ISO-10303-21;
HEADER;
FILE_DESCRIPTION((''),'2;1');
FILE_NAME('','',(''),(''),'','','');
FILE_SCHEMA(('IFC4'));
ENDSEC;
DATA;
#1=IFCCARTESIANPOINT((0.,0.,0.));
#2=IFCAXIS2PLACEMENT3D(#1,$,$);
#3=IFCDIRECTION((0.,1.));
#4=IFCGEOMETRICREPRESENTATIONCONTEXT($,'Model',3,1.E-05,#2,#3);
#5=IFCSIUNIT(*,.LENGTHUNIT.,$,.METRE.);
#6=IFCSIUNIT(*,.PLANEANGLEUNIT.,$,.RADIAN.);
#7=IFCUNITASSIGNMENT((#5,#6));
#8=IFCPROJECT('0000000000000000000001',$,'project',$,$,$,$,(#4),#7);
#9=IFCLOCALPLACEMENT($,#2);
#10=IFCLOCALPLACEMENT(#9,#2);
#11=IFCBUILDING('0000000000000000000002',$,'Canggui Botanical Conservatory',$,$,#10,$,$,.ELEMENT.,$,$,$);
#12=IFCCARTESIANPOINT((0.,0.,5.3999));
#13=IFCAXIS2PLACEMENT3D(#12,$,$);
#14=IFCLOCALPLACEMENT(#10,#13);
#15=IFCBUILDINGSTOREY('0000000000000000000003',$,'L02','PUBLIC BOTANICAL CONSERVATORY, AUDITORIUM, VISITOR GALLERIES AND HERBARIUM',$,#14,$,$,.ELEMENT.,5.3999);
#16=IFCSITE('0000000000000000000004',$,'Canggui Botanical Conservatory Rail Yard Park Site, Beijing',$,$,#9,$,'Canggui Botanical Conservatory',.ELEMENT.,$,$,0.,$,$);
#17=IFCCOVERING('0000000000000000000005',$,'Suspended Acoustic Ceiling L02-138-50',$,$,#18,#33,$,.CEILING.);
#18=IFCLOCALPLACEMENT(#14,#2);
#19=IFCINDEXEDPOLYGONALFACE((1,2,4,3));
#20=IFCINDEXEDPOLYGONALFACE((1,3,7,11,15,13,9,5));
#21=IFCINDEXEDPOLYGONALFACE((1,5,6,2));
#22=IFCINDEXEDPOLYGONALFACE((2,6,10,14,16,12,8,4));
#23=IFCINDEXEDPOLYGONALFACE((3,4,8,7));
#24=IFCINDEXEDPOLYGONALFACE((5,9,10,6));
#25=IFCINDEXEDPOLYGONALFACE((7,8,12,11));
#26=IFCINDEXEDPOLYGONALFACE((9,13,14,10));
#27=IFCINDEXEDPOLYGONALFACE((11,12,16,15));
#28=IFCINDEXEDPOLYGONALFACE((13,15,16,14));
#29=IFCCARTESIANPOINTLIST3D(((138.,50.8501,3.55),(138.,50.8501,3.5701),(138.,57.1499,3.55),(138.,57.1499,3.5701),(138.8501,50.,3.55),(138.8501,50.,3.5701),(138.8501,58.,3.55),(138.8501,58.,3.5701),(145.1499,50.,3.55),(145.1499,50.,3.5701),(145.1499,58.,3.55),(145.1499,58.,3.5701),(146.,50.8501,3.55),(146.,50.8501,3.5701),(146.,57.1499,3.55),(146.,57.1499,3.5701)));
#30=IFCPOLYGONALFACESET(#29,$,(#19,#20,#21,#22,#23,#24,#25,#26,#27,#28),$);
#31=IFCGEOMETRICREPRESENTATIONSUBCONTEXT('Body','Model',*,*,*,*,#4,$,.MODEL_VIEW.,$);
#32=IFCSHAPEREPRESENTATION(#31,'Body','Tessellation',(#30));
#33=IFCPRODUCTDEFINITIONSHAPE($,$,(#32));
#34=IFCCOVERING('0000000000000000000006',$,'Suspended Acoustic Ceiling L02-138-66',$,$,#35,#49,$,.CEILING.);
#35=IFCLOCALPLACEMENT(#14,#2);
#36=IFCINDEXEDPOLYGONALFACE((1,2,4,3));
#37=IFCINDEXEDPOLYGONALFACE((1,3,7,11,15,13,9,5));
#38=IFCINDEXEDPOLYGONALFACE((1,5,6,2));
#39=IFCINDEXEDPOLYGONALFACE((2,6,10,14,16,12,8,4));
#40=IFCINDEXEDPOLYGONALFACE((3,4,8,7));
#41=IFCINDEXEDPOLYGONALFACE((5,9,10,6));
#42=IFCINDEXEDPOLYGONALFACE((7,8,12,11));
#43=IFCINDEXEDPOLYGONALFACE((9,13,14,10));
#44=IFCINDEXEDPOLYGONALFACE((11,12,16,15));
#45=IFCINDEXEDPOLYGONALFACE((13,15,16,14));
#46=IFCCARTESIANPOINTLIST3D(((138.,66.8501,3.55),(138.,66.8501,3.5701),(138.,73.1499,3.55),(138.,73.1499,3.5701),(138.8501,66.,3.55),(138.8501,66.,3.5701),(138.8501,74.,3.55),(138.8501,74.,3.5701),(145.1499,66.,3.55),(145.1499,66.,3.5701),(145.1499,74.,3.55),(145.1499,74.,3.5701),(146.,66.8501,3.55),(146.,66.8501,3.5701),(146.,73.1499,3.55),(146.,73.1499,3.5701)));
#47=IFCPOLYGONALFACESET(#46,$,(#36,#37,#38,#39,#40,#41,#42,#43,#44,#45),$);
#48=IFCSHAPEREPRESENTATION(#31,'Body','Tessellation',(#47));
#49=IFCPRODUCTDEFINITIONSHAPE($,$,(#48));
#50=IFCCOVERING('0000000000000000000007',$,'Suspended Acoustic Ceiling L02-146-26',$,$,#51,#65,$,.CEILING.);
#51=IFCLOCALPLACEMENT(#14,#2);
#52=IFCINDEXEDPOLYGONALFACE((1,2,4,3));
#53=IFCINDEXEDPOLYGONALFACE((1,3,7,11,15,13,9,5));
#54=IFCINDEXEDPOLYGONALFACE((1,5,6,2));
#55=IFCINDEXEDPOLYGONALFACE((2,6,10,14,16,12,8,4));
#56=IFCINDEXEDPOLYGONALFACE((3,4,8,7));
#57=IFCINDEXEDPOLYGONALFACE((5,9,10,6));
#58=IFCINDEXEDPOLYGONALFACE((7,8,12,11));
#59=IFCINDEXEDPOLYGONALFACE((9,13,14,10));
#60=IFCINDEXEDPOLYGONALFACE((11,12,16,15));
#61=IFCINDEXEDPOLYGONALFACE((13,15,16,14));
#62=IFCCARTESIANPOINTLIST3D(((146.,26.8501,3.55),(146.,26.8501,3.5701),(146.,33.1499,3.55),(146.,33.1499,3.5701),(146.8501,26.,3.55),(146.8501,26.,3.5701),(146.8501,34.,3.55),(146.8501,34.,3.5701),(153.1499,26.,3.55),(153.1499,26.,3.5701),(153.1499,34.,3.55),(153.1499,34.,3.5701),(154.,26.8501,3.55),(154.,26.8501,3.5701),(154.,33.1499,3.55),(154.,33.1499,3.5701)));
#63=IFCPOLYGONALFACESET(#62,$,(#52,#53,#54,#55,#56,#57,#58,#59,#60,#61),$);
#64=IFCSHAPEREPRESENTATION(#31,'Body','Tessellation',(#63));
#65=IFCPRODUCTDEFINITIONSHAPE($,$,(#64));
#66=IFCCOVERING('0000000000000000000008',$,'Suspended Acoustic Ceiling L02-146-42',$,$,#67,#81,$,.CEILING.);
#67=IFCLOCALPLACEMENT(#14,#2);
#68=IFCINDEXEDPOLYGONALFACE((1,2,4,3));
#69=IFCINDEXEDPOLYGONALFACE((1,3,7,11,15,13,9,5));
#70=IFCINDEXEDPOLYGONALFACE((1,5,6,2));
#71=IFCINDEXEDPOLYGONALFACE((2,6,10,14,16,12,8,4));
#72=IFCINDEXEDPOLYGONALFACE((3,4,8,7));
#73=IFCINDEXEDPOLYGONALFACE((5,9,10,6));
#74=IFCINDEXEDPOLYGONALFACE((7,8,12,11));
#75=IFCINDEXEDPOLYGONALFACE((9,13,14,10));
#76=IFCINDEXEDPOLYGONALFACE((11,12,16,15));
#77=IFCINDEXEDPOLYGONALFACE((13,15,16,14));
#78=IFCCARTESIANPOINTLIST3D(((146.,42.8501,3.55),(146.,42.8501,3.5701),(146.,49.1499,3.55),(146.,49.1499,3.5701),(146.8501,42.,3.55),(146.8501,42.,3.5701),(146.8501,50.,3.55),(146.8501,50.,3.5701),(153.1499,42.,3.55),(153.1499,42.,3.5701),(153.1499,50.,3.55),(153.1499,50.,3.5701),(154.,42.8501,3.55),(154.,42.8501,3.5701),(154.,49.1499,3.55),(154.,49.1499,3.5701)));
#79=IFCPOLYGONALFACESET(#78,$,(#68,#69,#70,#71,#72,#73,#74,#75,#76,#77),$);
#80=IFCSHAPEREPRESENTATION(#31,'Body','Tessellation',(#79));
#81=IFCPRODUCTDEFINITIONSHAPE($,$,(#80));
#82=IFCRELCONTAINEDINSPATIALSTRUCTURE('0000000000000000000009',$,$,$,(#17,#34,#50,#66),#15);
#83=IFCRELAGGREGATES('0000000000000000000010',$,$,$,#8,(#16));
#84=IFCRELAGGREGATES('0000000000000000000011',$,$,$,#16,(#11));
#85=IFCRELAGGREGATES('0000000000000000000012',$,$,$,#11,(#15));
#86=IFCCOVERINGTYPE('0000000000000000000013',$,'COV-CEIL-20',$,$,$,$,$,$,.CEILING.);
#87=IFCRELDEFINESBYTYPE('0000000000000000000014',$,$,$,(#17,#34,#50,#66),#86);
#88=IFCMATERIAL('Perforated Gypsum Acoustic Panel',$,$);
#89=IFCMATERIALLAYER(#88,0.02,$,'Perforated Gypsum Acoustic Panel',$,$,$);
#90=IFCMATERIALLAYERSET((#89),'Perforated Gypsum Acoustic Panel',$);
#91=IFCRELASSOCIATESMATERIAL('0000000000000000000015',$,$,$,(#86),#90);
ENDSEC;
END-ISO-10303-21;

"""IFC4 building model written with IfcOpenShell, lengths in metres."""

from ifc_helpers import new_model, si_unit, direction, frame, origin, place, context, subcontext, project, spatial, polyline, outline, extrude, material, layer, layer_set, type_object, element, save


model = new_model("IFC4")

# Units and contexts
model_context = context("Model", 3, precision=1e-05, world=origin(), true_north=direction((0.0, 1.0)))
body_context = subcontext(model_context, "Body", "Model", "MODEL_VIEW")
ifc_project = project(units=[si_unit("LENGTHUNIT", "METRE"), si_unit("PLANEANGLEUNIT", "RADIAN")], contexts=[model_context])

# Site, building, storey
site_placement = place(None, origin())
site = spatial("IfcSite", under=ifc_project, at=site_placement, Name="Canggui Botanical Conservatory Rail Yard Park Site, Beijing", LongName="Canggui Botanical Conservatory", CompositionType="ELEMENT", RefElevation=0.0)
building_placement = place(site_placement, origin())
building = spatial("IfcBuilding", under=site, at=building_placement, Name="Canggui Botanical Conservatory", CompositionType="ELEMENT")
storey_placement = place(building_placement, frame((0.0, 0.0, 5.3999)))
storey = spatial("IfcBuildingStorey", under=building, at=storey_placement, Name="L02", Description="PUBLIC BOTANICAL CONSERVATORY, AUDITORIUM, VISITOR GALLERIES AND HERBARIUM", CompositionType="ELEMENT", Elevation=5.3999)

# Coverings
ifc_material_1 = material(Name="Perforated Gypsum Acoustic Panel")
ifc_layer_1 = layer(ifc_material_1, 0.02, Name="Perforated Gypsum Acoustic Panel")
ifc_layer_set_1 = layer_set([ifc_layer_1], Name="Perforated Gypsum Acoustic Panel")
covering_type_1 = type_object("IfcCoveringType", Name="COV-CEIL-20", PredefinedType="CEILING", material=ifc_layer_set_1)
covering_1_placement = place(storey_placement, frame((0.0, 0.0, 3.55)))
element("IfcCovering", 1, at=covering_1_placement, inside=storey, type_object=covering_type_1, Name="Suspended Acoustic Ceiling L02-138-50", PredefinedType="CEILING", context=body_context, shape_type="SweptSolid", body=[
    extrude(outline(polyline([(138.8501, 50.0), (145.1499, 50.0), (146.0, 50.8501), (146.0, 57.1499), (145.1499, 58.0), (138.8501, 58.0), (138.0, 57.1499), (138.0, 50.8501), (138.8501, 50.0)])), origin(), (0.0, 0.0, 1.0), 0.02),
])
covering_2_placement = place(storey_placement, frame((0.0, 0.0, 3.55)))
element("IfcCovering", 2, at=covering_2_placement, inside=storey, type_object=covering_type_1, Name="Suspended Acoustic Ceiling L02-138-66", PredefinedType="CEILING", context=body_context, shape_type="SweptSolid", body=[
    extrude(outline(polyline([(138.8501, 66.0), (145.1499, 66.0), (146.0, 66.8501), (146.0, 73.1499), (145.1499, 74.0), (138.8501, 74.0), (138.0, 73.1499), (138.0, 66.8501), (138.8501, 66.0)])), origin(), (0.0, 0.0, 1.0), 0.02),
])
covering_3_placement = place(storey_placement, frame((0.0, 0.0, 3.55)))
element("IfcCovering", 3, at=covering_3_placement, inside=storey, type_object=covering_type_1, Name="Suspended Acoustic Ceiling L02-146-26", PredefinedType="CEILING", context=body_context, shape_type="SweptSolid", body=[
    extrude(outline(polyline([(146.8501, 26.0), (153.1499, 26.0), (154.0, 26.8501), (154.0, 33.1499), (153.1499, 34.0), (146.8501, 34.0), (146.0, 33.1499), (146.0, 26.8501), (146.8501, 26.0)])), origin(), (0.0, 0.0, 1.0), 0.02),
])
covering_4_placement = place(storey_placement, frame((0.0, 0.0, 3.55)))
element("IfcCovering", 4, at=covering_4_placement, inside=storey, type_object=covering_type_1, Name="Suspended Acoustic Ceiling L02-146-42", PredefinedType="CEILING", context=body_context, shape_type="SweptSolid", body=[
    extrude(outline(polyline([(146.8501, 42.0), (153.1499, 42.0), (154.0, 42.8501), (154.0, 49.1499), (153.1499, 50.0), (146.8501, 50.0), (146.0, 49.1499), (146.0, 42.8501), (146.8501, 42.0)])), origin(), (0.0, 0.0, 1.0), 0.02),
])

save(model, "model.ifc")
